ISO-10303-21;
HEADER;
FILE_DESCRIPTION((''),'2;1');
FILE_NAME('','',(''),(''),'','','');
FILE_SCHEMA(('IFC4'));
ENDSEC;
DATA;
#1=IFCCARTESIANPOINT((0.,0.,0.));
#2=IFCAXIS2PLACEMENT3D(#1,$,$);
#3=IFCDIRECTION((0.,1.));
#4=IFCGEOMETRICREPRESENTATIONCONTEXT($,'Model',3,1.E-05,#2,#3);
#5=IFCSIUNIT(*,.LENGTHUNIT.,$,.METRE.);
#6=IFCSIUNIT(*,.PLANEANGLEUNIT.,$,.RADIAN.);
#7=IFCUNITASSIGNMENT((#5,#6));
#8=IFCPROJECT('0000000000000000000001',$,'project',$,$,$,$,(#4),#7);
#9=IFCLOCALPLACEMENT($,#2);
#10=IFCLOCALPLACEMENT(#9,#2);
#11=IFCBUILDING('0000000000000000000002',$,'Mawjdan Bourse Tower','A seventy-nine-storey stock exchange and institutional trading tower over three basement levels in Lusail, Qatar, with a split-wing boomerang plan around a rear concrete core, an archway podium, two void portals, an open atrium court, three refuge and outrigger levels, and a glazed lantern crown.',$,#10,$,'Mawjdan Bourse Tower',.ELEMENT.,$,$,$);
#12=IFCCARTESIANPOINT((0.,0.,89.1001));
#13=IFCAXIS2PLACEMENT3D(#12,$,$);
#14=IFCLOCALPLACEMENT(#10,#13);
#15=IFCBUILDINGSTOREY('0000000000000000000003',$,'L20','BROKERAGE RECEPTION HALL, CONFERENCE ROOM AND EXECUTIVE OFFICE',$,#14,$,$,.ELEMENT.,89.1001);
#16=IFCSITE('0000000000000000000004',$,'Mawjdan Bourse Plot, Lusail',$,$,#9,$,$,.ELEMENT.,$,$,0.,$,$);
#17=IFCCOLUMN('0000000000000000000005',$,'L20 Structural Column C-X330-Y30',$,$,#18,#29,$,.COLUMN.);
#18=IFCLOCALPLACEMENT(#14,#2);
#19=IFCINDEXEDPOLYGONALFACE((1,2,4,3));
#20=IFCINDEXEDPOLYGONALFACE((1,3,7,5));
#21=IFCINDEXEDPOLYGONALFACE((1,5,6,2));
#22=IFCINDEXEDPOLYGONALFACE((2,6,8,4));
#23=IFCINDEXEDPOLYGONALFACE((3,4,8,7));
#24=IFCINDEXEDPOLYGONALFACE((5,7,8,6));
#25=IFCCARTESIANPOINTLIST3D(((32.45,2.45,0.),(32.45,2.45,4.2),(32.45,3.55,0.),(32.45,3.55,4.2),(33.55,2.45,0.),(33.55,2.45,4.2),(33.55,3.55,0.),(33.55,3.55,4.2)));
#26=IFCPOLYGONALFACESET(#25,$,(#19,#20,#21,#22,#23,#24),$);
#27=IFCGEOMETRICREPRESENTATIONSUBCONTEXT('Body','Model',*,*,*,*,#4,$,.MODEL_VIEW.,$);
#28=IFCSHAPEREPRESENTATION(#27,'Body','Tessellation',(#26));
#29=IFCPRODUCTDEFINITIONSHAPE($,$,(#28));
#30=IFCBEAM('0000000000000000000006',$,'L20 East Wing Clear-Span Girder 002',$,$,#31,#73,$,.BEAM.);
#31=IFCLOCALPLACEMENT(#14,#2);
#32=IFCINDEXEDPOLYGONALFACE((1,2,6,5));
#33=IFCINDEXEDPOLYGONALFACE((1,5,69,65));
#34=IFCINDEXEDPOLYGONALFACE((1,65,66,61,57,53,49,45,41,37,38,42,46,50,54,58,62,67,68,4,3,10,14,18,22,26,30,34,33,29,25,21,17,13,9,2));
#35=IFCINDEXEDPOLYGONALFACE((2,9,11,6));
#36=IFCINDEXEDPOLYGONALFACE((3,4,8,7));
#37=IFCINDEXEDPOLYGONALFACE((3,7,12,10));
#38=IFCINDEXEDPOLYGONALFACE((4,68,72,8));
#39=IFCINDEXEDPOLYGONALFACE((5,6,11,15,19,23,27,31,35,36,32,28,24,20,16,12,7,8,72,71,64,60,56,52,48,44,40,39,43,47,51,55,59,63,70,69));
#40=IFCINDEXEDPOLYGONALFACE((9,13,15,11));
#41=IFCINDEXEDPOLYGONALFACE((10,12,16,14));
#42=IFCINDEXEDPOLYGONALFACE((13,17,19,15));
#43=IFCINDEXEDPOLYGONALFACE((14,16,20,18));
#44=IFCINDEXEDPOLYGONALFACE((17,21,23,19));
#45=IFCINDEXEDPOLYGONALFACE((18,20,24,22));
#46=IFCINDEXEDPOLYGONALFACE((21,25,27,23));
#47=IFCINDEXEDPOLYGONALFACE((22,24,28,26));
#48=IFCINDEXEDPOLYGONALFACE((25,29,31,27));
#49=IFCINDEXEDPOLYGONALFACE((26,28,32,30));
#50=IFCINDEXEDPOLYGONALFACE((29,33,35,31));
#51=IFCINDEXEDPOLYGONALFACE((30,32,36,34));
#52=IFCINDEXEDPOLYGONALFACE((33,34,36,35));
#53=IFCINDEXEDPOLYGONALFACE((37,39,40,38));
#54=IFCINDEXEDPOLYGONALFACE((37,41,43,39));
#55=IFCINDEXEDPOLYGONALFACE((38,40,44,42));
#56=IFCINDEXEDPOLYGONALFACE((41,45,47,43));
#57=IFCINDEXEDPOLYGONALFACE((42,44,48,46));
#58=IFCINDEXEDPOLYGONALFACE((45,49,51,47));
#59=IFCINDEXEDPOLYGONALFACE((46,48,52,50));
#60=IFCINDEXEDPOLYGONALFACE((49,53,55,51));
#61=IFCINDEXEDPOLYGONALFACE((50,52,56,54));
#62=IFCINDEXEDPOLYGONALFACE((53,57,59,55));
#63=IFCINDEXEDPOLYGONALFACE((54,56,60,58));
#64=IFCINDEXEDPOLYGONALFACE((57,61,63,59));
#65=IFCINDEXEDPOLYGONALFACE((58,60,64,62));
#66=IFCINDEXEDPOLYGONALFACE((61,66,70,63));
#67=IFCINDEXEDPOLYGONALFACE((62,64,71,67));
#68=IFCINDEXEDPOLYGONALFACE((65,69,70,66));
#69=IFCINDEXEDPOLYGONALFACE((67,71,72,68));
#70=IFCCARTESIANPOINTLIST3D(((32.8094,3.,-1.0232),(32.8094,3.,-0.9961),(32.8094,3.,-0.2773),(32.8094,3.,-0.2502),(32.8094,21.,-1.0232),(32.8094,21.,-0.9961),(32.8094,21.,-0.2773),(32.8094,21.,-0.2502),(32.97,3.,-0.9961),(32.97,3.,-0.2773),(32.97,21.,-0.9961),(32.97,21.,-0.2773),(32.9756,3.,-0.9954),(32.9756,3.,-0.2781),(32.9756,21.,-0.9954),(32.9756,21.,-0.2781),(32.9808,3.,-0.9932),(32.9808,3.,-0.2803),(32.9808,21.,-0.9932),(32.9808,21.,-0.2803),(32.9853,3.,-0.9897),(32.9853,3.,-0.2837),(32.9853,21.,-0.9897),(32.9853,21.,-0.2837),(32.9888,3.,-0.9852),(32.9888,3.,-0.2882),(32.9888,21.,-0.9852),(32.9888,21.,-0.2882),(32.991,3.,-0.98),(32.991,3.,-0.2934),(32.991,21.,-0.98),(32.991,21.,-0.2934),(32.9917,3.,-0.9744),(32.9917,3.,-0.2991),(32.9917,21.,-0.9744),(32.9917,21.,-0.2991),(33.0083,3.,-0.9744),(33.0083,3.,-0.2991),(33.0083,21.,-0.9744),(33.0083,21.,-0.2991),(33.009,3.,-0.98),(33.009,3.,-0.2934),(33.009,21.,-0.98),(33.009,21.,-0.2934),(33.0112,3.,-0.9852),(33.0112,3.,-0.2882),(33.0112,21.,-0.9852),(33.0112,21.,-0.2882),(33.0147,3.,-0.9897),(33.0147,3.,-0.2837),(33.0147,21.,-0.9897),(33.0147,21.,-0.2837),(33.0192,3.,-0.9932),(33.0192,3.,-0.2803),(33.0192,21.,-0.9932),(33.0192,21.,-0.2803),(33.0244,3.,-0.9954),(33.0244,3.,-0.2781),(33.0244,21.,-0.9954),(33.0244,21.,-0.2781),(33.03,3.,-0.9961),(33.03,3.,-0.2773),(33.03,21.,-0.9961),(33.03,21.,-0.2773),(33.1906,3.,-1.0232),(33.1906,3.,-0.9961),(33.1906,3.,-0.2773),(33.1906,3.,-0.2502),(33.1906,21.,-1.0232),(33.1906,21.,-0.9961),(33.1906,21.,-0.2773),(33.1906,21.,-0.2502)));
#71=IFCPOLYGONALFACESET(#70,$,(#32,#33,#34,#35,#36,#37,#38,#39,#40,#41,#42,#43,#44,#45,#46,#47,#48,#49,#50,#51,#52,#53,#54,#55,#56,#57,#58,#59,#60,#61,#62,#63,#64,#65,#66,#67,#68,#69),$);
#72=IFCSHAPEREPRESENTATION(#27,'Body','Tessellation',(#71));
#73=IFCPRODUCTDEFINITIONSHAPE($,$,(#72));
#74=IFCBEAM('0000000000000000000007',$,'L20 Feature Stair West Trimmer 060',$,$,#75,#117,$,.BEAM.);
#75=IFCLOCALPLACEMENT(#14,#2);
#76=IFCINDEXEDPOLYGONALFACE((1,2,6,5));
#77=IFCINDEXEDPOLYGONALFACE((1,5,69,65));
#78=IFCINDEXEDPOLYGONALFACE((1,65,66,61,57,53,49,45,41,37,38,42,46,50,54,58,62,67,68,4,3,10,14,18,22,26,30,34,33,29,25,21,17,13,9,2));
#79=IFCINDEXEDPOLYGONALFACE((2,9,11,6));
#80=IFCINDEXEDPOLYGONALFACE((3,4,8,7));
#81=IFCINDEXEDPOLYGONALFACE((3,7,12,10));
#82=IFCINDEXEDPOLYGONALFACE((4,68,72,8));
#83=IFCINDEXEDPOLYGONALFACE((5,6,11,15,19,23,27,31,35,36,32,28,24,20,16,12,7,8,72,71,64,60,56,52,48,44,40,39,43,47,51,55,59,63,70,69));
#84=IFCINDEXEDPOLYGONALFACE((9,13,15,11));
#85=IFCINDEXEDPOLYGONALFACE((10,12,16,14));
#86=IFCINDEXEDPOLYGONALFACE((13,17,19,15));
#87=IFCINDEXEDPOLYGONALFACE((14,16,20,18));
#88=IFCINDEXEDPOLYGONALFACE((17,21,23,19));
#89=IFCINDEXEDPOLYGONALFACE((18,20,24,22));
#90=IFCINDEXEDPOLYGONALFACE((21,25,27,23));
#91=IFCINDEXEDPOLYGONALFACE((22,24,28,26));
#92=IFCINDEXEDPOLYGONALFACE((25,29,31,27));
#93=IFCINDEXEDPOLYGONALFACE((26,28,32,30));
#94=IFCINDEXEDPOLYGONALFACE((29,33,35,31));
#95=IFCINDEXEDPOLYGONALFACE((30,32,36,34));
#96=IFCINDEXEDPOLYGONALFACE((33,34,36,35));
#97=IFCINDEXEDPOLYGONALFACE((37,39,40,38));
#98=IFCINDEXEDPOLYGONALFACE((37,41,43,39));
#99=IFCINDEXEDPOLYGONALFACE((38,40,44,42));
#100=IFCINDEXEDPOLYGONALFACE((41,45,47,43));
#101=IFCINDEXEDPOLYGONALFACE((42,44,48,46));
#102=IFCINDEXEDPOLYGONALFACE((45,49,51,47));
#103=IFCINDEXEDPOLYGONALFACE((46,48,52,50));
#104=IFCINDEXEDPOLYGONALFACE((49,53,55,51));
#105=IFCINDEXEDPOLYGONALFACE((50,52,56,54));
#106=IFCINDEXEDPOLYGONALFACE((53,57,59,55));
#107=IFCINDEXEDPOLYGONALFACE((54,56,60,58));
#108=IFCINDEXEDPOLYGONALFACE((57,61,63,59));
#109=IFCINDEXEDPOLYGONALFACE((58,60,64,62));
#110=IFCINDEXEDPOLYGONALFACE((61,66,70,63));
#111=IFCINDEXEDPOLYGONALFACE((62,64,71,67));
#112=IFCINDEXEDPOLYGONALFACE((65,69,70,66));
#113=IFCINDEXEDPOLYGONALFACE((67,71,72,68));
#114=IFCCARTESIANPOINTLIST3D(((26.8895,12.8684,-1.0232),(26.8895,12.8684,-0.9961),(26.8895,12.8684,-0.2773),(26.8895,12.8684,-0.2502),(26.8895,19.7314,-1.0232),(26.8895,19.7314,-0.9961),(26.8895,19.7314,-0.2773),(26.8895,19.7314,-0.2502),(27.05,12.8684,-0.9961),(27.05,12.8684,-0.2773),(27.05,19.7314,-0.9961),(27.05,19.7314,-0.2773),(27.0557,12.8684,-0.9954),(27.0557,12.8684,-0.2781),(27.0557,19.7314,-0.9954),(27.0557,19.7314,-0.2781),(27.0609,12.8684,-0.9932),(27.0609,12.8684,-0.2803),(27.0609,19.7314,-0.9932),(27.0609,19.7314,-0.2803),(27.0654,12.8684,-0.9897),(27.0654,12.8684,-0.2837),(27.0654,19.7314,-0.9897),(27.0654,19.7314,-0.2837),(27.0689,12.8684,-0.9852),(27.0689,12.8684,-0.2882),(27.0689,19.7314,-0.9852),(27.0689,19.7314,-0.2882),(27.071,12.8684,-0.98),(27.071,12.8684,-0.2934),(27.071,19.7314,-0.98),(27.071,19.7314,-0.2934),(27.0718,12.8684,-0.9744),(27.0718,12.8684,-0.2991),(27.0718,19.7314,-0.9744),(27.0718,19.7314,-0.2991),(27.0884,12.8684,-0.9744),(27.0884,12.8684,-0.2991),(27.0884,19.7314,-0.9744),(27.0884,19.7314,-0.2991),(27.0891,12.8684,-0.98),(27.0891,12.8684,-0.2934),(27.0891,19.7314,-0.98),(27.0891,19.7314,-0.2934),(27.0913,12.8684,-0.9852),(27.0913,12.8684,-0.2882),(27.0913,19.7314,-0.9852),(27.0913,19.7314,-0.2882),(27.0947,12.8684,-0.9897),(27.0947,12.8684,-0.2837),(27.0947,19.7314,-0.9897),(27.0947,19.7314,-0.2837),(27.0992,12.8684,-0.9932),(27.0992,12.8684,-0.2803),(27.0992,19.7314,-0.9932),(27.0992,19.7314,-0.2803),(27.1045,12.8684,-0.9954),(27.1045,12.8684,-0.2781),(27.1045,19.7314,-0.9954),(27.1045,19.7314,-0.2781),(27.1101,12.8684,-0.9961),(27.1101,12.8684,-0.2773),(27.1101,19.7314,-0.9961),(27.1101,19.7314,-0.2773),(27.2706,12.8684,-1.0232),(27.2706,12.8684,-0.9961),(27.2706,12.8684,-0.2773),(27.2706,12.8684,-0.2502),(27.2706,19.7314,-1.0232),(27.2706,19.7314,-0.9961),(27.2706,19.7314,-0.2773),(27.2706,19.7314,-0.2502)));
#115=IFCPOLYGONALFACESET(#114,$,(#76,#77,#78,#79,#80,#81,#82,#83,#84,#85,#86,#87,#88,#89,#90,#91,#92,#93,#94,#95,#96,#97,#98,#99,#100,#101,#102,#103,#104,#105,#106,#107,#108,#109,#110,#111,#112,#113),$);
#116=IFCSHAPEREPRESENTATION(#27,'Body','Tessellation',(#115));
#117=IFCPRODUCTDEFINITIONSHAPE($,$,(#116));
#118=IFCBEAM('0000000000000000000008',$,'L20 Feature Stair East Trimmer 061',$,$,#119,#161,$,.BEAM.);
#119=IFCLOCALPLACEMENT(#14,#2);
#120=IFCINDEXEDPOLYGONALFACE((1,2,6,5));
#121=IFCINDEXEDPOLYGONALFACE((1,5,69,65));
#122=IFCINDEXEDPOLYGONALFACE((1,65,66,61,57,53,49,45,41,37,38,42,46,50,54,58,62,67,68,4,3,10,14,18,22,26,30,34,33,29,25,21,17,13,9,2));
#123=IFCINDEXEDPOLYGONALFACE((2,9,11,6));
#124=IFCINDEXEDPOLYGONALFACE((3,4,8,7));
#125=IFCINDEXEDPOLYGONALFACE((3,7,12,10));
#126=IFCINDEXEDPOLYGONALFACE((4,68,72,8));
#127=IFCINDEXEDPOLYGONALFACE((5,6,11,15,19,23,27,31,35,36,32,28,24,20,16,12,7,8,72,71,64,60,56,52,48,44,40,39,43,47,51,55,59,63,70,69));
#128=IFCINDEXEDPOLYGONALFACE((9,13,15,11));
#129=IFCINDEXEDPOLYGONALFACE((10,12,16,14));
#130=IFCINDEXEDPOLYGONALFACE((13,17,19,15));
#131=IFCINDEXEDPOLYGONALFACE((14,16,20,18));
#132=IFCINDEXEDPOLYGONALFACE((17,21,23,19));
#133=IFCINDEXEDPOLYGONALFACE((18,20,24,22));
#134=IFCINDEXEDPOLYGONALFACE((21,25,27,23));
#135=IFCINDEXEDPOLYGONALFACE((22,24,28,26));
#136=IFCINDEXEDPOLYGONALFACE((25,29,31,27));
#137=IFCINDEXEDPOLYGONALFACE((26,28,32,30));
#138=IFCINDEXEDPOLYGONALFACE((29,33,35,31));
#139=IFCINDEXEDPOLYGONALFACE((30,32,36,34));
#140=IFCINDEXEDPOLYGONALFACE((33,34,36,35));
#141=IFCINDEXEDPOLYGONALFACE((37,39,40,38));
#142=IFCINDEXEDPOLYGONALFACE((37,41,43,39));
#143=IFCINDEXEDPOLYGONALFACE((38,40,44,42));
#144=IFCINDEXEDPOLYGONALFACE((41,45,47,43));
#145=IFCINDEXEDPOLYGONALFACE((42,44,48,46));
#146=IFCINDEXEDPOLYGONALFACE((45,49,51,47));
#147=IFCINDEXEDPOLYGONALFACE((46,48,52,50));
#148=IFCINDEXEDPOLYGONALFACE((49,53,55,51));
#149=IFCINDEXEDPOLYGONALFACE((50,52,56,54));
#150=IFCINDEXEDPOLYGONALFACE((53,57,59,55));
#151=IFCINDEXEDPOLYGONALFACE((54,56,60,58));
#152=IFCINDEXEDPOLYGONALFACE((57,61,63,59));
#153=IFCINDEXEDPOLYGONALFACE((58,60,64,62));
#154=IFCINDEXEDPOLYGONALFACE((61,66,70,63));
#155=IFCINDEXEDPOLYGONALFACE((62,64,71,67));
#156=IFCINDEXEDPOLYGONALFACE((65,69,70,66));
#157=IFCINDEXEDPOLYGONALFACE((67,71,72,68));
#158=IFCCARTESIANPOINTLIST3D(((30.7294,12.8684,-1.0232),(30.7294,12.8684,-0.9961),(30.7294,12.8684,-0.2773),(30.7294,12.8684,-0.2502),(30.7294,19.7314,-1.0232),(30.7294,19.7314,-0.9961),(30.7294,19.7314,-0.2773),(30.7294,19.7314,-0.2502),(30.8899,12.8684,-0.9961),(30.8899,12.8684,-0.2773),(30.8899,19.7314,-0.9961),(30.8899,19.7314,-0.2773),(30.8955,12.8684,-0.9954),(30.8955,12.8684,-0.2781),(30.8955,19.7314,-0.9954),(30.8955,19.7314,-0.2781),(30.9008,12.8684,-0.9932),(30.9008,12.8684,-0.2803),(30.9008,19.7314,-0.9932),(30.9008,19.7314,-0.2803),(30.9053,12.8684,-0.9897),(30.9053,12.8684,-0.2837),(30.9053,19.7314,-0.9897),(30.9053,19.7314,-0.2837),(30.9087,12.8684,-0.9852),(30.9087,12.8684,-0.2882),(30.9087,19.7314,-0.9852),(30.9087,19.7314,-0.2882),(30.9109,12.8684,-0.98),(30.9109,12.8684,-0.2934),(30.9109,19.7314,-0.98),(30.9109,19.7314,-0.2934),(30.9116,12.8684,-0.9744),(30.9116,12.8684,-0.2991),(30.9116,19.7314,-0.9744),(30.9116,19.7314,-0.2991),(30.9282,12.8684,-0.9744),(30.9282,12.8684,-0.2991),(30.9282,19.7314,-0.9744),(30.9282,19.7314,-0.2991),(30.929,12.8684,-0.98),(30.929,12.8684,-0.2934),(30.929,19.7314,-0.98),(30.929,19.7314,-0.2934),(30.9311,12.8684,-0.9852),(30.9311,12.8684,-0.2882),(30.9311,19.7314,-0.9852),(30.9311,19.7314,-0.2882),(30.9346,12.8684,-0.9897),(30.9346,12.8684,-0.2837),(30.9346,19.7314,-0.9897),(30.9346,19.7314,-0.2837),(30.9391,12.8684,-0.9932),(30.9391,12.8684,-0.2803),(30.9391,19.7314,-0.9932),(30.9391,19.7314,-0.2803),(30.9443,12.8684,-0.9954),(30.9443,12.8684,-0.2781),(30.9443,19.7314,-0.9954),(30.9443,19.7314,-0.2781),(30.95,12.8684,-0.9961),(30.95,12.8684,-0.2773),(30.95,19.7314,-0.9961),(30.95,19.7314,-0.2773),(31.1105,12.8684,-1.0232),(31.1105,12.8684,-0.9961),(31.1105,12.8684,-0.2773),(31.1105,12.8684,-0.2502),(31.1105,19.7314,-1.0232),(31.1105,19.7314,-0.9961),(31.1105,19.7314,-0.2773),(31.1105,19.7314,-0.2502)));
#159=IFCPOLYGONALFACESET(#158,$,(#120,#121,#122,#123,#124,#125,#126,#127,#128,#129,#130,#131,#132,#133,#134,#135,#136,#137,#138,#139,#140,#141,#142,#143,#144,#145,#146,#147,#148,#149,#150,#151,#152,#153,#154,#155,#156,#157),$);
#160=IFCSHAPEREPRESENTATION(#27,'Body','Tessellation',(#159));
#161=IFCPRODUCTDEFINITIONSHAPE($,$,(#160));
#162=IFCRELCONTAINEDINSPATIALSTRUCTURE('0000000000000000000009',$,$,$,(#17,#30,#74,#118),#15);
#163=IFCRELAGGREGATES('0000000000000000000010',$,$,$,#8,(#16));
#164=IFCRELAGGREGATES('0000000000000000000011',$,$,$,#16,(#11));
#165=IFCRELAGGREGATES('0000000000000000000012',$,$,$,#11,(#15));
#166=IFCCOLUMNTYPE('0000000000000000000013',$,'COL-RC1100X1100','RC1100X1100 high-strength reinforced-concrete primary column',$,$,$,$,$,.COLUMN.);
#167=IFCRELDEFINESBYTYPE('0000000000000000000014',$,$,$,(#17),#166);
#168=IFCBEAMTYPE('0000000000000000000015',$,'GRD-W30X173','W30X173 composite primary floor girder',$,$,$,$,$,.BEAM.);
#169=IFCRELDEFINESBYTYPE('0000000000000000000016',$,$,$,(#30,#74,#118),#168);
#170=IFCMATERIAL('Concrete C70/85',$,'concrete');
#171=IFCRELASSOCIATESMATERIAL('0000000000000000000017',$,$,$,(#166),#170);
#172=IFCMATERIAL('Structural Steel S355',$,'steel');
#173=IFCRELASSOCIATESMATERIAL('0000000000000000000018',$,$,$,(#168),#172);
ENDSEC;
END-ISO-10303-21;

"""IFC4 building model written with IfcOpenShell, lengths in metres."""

from ifc_helpers import new_model, si_unit, direction, frame, origin, origin_2d, place, context, subcontext, project, spatial, rectangle, i_section, extrude, material, material_profile, profile_set, type_object, element, save


model = new_model("IFC4")

# Units and contexts
model_context = context("Model", 3, precision=1e-05, world=origin(), true_north=direction((0.0, 1.0)))
body_context = subcontext(model_context, "Body", "Model", "MODEL_VIEW")
ifc_project = project(units=[si_unit("LENGTHUNIT", "METRE"), si_unit("PLANEANGLEUNIT", "RADIAN")], contexts=[model_context])

# Site, building, storey
site_placement = place(None, origin())
site = spatial("IfcSite", under=ifc_project, at=site_placement, Name="Mawjdan Bourse Plot, Lusail", CompositionType="ELEMENT", RefElevation=0.0)
building_placement = place(site_placement, origin())
building = spatial("IfcBuilding", under=site, at=building_placement, Name="Mawjdan Bourse Tower", Description="A seventy-nine-storey stock exchange and institutional trading tower over three basement levels in Lusail, Qatar, with a split-wing boomerang plan around a rear concrete core, an archway podium, two void portals, an open atrium court, three refuge and outrigger levels, and a glazed lantern crown.", LongName="Mawjdan Bourse Tower", CompositionType="ELEMENT")
storey_placement = place(building_placement, frame((0.0, 0.0, 89.1001)))
storey = spatial("IfcBuildingStorey", under=building, at=storey_placement, Name="L20", Description="BROKERAGE RECEPTION HALL, CONFERENCE ROOM AND EXECUTIVE OFFICE", CompositionType="ELEMENT", Elevation=89.1001)

# Column
ifc_material_1 = material(Name="Concrete C70/85", Category="concrete")
ifc_material_profile_1 = material_profile(ifc_material_1, rectangle(XDim=1.1001, YDim=1.1001, at=origin_2d()), Name="RC1100X1100")
ifc_profile_set_1 = profile_set([ifc_material_profile_1], Name="Concrete C70/85")
column_type = type_object("IfcColumnType", Name="COL-RC1100X1100", Description="RC1100X1100 high-strength reinforced-concrete primary column", PredefinedType="COLUMN", material=ifc_profile_set_1)
column_placement = place(storey_placement, frame((33.0, 3.0, 0.0), z_axis=(0.0, 0.0, 1.0), x_axis=(1.0, 0.0, 0.0)))
element("IfcColumn", 1, at=column_placement, inside=storey, type_object=column_type, Name="L20 Structural Column C-X330-Y30", PredefinedType="COLUMN", context=body_context, shape_type="SweptSolid", body=[
    extrude(rectangle(XDim=1.1001, YDim=1.1001, at=origin_2d()), origin(), (0.0, 0.0, 1.0), 4.2),
])

# Beams
ifc_material_2 = material(Name="Structural Steel S355", Category="steel")
ifc_material_profile_2 = material_profile(ifc_material_2, i_section(OverallWidth=0.3811, OverallDepth=0.7729, WebThickness=0.0166, FlangeThickness=0.0271, FilletRadius=0.0217, at=origin_2d()), Name="W30X173")
ifc_profile_set_2 = profile_set([ifc_material_profile_2], Name="Structural Steel S355")
beam_type_1 = type_object("IfcBeamType", Name="GRD-W30X173", Description="W30X173 composite primary floor girder", PredefinedType="BEAM", material=ifc_profile_set_2)
beam_1_placement = place(storey_placement, frame((33.0, 3.0, -0.6367), z_axis=(0.0, 1.0, 0.0), x_axis=(-1.0, 0.0, 0.0)))
element("IfcBeam", 2, at=beam_1_placement, inside=storey, type_object=beam_type_1, Name="L20 East Wing Clear-Span Girder 002", PredefinedType="BEAM", context=body_context, shape_type="SweptSolid", body=[
    extrude(i_section(OverallWidth=0.3811, OverallDepth=0.7729, WebThickness=0.0166, FlangeThickness=0.0271, FilletRadius=0.0217, at=origin_2d()), origin(), (0.0, 0.0, 1.0), 18.0),
])
for number, where, z_axis, x_axis, name in (
    (3, (27.0801, 12.8684, -0.6367), (0.0, 1.0, 0.0), (-1.0, 0.0, 0.0), "L20 Feature Stair West Trimmer 060"),
    (4, (30.9199, 12.8684, -0.6367), (0.0, 1.0, 0.0), (-1.0, 0.0, 0.0), "L20 Feature Stair East Trimmer 061"),
):
    element("IfcBeam", number, at=place(storey_placement, frame(where, z_axis=z_axis, x_axis=x_axis)), inside=storey, type_object=beam_type_1, Name=name, PredefinedType="BEAM", context=body_context, shape_type="SweptSolid", body=[
        extrude(i_section(OverallWidth=0.3811, OverallDepth=0.7729, WebThickness=0.0166, FlangeThickness=0.0271, FilletRadius=0.0217, at=origin_2d()), origin(), (0.0, 0.0, 1.0), 6.863),
    ])

save(model, "model.ifc")
